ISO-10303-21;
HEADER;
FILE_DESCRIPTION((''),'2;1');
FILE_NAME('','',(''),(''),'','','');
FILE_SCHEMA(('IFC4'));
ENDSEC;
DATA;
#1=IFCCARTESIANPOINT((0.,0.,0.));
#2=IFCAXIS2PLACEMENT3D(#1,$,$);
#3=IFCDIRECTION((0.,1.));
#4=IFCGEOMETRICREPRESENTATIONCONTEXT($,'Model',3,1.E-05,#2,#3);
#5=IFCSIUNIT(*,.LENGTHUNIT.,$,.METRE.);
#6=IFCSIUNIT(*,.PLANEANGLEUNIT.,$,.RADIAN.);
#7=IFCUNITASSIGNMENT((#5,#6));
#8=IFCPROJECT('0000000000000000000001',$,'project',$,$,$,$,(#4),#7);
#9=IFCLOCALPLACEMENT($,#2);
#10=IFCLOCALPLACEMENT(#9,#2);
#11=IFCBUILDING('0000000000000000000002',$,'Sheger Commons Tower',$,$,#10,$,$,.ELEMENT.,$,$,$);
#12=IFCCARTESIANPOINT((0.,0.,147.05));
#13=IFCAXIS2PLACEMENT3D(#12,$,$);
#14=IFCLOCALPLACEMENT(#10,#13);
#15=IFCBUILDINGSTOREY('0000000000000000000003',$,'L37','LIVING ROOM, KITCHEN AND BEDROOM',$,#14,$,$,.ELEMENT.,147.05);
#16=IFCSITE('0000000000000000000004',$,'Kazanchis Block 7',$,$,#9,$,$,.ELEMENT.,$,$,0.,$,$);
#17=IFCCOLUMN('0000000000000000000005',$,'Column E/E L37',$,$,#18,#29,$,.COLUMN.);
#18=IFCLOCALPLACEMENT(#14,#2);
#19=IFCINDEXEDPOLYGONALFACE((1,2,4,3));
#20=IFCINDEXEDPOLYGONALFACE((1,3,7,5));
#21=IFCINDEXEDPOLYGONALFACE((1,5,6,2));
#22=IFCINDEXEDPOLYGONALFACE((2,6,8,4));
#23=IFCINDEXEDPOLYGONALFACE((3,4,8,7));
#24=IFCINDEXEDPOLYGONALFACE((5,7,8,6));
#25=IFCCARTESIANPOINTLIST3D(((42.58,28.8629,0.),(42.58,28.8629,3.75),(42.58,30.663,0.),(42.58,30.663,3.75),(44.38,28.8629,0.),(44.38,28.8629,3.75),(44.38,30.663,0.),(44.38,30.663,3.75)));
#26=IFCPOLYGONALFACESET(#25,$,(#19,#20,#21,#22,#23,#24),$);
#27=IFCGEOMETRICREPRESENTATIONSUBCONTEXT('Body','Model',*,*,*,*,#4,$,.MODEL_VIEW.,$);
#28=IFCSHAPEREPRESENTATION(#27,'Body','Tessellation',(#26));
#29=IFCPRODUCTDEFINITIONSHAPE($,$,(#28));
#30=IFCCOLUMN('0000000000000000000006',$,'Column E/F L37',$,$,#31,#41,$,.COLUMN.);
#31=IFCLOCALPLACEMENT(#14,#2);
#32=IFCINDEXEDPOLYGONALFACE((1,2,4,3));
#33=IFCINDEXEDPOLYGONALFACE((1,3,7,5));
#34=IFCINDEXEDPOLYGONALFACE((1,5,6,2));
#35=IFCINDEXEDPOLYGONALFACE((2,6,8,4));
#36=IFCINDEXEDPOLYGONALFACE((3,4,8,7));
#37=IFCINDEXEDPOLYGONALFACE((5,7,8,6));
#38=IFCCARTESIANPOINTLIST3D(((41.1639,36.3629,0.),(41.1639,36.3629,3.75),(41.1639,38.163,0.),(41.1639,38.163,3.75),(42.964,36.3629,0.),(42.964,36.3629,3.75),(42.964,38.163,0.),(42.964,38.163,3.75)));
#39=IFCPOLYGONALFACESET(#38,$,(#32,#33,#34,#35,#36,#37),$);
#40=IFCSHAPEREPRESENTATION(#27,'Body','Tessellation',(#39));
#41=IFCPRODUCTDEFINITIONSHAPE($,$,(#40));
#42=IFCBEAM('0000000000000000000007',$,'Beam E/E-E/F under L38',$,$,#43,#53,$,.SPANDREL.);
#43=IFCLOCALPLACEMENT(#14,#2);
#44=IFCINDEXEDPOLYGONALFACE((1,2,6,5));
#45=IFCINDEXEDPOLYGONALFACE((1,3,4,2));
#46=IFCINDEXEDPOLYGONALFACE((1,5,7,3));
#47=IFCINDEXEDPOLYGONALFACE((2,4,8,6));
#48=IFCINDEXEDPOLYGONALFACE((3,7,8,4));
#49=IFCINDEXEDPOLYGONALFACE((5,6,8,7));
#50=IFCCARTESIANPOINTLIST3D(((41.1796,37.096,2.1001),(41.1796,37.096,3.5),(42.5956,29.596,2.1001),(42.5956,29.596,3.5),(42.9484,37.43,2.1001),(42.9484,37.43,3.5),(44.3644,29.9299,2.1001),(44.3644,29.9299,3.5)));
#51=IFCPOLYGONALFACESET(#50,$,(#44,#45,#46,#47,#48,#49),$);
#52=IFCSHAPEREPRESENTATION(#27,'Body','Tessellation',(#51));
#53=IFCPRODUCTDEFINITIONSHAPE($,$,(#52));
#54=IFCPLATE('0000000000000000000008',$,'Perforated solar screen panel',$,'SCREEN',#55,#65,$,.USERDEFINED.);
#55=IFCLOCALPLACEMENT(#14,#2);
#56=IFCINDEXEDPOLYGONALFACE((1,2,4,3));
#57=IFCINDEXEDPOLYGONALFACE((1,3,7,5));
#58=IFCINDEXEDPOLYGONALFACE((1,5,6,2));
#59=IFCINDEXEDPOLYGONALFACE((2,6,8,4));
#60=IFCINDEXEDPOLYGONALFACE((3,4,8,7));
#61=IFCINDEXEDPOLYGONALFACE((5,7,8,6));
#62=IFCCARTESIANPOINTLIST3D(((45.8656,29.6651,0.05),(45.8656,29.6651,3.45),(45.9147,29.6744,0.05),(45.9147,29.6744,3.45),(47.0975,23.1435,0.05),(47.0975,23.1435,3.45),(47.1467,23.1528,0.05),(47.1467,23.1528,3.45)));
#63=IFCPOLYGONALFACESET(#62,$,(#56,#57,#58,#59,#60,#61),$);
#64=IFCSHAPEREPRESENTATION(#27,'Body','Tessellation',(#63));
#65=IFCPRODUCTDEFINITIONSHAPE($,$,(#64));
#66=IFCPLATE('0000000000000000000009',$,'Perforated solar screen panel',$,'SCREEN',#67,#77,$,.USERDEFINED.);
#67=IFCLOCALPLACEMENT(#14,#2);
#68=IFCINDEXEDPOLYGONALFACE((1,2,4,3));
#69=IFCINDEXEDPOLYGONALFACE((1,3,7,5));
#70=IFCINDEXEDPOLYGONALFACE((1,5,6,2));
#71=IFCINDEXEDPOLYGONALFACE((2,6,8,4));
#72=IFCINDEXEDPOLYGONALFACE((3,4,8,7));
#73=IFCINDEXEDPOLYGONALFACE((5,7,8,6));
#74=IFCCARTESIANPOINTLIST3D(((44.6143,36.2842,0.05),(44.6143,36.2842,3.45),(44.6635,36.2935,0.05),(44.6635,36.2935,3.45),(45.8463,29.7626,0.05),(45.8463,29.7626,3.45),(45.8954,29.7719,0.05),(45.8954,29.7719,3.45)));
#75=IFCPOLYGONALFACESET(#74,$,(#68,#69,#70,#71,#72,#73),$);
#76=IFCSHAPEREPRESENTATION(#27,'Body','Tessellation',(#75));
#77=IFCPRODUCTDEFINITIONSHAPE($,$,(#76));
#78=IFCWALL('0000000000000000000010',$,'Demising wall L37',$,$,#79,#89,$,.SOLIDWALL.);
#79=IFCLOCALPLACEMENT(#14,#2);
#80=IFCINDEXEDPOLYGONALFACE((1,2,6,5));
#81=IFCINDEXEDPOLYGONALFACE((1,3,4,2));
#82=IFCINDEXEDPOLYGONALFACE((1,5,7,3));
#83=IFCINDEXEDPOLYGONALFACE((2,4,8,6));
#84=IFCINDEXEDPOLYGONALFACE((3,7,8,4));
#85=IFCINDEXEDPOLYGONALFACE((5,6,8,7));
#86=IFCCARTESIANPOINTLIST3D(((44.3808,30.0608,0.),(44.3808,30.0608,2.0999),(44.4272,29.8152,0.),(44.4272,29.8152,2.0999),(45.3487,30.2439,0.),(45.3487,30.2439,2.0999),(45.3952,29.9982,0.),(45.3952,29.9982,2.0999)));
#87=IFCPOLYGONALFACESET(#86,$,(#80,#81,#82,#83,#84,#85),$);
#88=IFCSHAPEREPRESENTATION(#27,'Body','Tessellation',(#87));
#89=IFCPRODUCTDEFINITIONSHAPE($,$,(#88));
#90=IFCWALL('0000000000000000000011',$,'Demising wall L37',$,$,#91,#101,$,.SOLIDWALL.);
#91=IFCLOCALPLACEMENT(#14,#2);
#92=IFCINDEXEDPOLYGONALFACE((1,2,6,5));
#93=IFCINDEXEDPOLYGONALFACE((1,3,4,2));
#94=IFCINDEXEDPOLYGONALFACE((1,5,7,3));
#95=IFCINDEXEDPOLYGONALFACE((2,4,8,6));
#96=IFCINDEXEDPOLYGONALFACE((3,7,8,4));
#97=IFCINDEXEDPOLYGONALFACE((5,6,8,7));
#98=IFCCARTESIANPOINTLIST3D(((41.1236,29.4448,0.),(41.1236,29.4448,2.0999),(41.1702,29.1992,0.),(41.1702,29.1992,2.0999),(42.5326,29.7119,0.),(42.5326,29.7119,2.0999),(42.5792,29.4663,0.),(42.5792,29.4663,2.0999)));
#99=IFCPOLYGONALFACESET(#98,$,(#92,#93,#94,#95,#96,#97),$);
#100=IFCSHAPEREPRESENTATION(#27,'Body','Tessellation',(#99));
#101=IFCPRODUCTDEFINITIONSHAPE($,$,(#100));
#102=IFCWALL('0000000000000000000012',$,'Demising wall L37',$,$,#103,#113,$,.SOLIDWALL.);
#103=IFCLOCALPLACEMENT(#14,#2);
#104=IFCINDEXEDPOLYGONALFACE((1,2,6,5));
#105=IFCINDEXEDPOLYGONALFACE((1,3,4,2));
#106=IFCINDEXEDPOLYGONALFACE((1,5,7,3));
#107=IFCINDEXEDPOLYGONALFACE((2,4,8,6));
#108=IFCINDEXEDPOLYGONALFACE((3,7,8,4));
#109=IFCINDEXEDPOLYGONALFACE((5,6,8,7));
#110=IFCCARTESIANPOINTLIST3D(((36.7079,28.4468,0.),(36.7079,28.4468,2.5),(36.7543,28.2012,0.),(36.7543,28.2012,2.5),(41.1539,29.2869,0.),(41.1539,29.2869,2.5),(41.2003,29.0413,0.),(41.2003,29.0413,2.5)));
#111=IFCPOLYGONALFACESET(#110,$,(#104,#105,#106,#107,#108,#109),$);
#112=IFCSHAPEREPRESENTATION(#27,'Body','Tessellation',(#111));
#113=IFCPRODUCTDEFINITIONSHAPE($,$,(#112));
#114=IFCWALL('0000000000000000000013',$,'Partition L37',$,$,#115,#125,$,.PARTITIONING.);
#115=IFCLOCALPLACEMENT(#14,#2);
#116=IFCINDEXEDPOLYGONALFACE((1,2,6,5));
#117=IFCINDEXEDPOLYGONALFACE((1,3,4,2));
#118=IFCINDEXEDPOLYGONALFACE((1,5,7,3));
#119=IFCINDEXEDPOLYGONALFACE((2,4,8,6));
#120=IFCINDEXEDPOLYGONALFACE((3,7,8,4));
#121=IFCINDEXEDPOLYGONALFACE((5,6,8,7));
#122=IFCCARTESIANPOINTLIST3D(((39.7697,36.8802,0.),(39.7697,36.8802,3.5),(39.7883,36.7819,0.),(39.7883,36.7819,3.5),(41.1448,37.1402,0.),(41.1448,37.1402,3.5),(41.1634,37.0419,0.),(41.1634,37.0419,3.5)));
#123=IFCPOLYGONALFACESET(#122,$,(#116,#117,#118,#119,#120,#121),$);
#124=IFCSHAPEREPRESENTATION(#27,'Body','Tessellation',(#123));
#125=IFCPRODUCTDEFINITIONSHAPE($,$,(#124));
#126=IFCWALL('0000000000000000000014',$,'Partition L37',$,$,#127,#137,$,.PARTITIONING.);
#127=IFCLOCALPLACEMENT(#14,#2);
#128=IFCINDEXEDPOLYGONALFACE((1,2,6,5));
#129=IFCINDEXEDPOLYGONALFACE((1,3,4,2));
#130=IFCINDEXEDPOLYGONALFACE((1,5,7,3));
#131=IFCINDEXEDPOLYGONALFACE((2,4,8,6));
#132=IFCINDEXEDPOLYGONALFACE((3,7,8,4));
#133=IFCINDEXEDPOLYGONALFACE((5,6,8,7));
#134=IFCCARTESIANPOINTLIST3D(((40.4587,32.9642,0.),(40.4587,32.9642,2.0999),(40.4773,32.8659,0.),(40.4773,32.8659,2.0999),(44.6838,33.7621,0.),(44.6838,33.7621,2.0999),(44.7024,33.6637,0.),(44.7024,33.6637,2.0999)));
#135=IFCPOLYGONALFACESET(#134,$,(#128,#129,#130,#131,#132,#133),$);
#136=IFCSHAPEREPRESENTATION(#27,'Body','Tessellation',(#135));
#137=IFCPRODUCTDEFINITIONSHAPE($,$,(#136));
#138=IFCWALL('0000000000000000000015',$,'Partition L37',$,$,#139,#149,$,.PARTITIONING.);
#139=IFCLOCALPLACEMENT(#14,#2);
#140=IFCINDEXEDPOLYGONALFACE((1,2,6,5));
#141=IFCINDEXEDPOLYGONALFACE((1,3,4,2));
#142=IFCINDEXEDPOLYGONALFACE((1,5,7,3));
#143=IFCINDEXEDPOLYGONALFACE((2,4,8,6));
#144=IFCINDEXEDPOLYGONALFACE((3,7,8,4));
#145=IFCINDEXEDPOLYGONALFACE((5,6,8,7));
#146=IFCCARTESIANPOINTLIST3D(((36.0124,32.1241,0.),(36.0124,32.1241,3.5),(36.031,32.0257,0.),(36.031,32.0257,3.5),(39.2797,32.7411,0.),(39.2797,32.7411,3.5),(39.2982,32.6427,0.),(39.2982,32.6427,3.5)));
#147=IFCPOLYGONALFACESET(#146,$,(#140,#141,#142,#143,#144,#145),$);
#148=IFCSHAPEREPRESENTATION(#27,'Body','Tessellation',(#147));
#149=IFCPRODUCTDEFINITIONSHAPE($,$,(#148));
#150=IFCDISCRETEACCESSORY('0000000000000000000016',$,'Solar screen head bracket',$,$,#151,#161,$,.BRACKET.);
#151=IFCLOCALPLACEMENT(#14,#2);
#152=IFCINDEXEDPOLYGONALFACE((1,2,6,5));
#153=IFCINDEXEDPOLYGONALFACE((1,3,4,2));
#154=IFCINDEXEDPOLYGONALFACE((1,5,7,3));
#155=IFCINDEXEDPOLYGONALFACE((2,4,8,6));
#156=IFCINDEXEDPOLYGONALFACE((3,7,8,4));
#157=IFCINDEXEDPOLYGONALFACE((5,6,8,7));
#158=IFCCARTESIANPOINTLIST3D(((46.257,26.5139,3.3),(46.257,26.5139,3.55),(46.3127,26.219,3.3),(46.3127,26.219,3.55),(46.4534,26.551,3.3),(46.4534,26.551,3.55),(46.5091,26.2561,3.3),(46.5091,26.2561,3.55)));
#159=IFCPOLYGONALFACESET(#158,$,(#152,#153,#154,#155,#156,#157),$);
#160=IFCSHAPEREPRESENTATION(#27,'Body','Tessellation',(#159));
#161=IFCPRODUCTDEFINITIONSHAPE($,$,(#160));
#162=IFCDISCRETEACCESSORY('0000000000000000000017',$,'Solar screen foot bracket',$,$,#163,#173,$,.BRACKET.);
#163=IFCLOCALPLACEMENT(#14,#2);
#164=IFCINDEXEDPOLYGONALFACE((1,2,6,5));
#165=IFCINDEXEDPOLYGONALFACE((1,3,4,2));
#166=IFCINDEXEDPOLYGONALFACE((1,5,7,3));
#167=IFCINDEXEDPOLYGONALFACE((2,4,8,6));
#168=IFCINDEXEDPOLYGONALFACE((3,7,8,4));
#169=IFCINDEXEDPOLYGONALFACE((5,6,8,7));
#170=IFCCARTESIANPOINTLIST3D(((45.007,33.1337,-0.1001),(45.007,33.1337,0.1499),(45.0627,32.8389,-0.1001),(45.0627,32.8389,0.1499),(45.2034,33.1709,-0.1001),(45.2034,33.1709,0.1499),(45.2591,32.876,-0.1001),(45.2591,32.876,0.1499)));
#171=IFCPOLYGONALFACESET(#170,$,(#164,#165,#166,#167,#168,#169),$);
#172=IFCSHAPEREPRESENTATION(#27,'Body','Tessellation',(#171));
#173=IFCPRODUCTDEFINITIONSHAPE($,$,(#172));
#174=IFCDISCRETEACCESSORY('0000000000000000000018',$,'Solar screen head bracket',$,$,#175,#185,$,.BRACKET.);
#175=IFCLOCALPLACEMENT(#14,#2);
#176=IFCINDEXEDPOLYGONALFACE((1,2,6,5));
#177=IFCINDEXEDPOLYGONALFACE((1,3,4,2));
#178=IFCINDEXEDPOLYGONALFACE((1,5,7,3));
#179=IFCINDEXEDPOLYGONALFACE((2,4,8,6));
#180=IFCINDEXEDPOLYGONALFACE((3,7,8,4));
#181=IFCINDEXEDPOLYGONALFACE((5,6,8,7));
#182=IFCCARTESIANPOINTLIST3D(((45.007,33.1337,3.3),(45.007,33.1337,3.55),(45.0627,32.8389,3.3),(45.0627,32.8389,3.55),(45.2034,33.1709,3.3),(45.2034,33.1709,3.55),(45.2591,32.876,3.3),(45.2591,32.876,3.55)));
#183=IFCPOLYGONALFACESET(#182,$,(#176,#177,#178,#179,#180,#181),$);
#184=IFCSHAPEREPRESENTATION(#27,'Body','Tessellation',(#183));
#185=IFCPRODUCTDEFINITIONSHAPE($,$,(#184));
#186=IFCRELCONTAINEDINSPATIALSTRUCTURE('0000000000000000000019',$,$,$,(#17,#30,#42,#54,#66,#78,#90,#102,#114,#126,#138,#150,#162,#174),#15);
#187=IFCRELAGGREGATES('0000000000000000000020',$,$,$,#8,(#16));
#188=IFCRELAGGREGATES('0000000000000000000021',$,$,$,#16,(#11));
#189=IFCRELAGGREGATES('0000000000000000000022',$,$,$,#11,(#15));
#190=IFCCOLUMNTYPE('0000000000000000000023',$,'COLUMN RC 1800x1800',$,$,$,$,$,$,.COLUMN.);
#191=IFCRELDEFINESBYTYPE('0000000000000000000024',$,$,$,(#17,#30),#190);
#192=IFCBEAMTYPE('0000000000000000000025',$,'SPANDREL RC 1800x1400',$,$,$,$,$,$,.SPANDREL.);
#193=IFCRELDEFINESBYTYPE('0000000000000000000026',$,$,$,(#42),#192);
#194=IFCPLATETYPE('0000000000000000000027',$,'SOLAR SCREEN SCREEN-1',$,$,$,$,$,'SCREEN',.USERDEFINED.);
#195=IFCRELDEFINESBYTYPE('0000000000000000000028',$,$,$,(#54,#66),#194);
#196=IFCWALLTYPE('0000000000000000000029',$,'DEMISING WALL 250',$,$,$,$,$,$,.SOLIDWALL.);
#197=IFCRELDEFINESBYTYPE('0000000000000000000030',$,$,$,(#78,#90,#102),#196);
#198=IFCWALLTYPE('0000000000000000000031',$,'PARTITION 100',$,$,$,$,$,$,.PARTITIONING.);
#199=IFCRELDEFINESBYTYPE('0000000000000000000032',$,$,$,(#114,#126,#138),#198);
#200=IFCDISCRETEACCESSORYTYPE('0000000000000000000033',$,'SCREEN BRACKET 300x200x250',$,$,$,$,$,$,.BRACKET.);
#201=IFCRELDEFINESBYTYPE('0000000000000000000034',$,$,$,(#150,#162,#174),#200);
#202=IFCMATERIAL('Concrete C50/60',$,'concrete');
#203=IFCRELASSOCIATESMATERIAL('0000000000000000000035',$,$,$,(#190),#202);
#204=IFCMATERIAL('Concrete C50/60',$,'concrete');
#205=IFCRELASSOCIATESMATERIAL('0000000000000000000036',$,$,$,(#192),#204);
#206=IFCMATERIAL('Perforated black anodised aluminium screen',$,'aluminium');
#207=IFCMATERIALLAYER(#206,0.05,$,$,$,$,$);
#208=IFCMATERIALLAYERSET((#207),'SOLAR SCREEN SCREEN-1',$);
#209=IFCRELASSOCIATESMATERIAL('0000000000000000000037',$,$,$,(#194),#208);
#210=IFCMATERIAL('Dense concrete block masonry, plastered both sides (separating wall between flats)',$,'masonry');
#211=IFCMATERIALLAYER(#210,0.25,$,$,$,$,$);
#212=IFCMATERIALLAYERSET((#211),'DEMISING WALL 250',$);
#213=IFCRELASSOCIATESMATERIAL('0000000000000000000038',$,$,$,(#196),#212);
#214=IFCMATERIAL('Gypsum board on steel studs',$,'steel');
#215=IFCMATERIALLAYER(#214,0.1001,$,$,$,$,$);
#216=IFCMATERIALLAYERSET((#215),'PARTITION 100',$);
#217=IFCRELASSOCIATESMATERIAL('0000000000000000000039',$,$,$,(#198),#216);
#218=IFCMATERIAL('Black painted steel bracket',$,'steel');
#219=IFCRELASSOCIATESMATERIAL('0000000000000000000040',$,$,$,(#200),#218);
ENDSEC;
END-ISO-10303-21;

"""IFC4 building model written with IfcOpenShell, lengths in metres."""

from ifc_helpers import new_model, si_unit, direction, frame, frame_2d, origin, origin_2d, place, context, subcontext, project, spatial, rectangle, extrude, material, layer, layer_set, material_profile, profile_set, type_object, element, save


model = new_model("IFC4")

# Units and contexts
model_context = context("Model", 3, precision=1e-05, world=origin(), true_north=direction((0.0, 1.0)))
body_context = subcontext(model_context, "Body", "Model", "MODEL_VIEW")
ifc_project = project(units=[si_unit("LENGTHUNIT", "METRE"), si_unit("PLANEANGLEUNIT", "RADIAN")], contexts=[model_context])

# Site, building, storey
site_placement = place(None, origin())
site = spatial("IfcSite", under=ifc_project, at=site_placement, Name="Kazanchis Block 7", CompositionType="ELEMENT", RefElevation=0.0)
building_placement = place(site_placement, origin())
building = spatial("IfcBuilding", under=site, at=building_placement, Name="Sheger Commons Tower", CompositionType="ELEMENT")
storey_placement = place(building_placement, frame((0.0, 0.0, 147.05)))
storey = spatial("IfcBuildingStorey", under=building, at=storey_placement, Name="L37", Description="LIVING ROOM, KITCHEN AND BEDROOM", CompositionType="ELEMENT", Elevation=147.05)

# Columns
ifc_material_1 = material(Name="Concrete C50/60", Category="concrete")
ifc_material_profile_1 = material_profile(ifc_material_1, rectangle(XDim=1.8, YDim=1.8, at=origin_2d()), Name="RC 1800x1800")
ifc_profile_set_1 = profile_set([ifc_material_profile_1], Name="Concrete C50/60")
column_type = type_object("IfcColumnType", Name="COLUMN RC 1800x1800", PredefinedType="COLUMN", material=ifc_profile_set_1)
for number, where, z_axis, x_axis, name in (
    (1, (43.48, 29.7629, 0.0), (0.0, 0.0, 1.0), (1.0, 0.0, 0.0), "Column E/E L37"),
    (2, (42.064, 37.2629, 0.0), (0.0, 0.0, 1.0), (1.0, 0.0, 0.0), "Column E/F L37"),
):
    element("IfcColumn", number, at=place(storey_placement, frame(where, z_axis=z_axis, x_axis=x_axis)), inside=storey, type_object=column_type, Name=name, PredefinedType="COLUMN", context=body_context, shape_type="SweptSolid", body=[
        extrude(rectangle(XDim=1.8, YDim=1.8, at=origin_2d()), origin(), (0.0, 0.0, 1.0), 3.75),
    ])

# Beam
ifc_material_2 = material(Name="Concrete C50/60", Category="concrete")
ifc_material_profile_2 = material_profile(ifc_material_2, rectangle(XDim=1.8, YDim=1.3999, at=origin_2d()), Name="RC 1800x1400")
ifc_profile_set_2 = profile_set([ifc_material_profile_2], Name="Concrete C50/60")
beam_type = type_object("IfcBeamType", Name="SPANDREL RC 1800x1400", PredefinedType="SPANDREL", material=ifc_profile_set_2)
beam_placement = place(storey_placement, frame((43.48, 29.7629, 2.8), z_axis=(-0.185524, 0.98264, 0.0), x_axis=(-0.98264, -0.185524, 0.0)))
element("IfcBeam", 3, at=beam_placement, inside=storey, type_object=beam_type, Name="Beam E/E-E/F under L38", PredefinedType="SPANDREL", context=body_context, shape_type="SweptSolid", body=[
    extrude(rectangle(XDim=1.8, YDim=1.3999, at=origin_2d()), origin(), (0.0, 0.0, 1.0), 7.6326),
])

# Plates
ifc_material_3 = material(Name="Perforated black anodised aluminium screen", Category="aluminium")
ifc_layer_1 = layer(ifc_material_3, 0.05)
ifc_layer_set_1 = layer_set([ifc_layer_1], Name="SOLAR SCREEN SCREEN-1")
plate_type = type_object("IfcPlateType", Name="SOLAR SCREEN SCREEN-1", ElementType="SCREEN", PredefinedType="USERDEFINED", material=ifc_layer_set_1)
for number, where, z_axis, x_axis, name in (
    (4, (46.5061, 26.4089, 0.05), (0.0, 0.0, 1.0), (-0.185615, 0.982623, 0.0), "Perforated solar screen panel"),
    (5, (45.2549, 33.0281, 0.05), (0.0, 0.0, 1.0), (-0.185615, 0.982623, 0.0), "Perforated solar screen panel"),
):
    element("IfcPlate", number, at=place(storey_placement, frame(where, z_axis=z_axis, x_axis=x_axis)), inside=storey, type_object=plate_type, Name=name, ObjectType="SCREEN", PredefinedType="USERDEFINED", context=body_context, shape_type="SweptSolid", body=[
        extrude(rectangle(XDim=6.637, YDim=0.05, at=origin_2d()), origin(), (0.0, 0.0, 1.0), 3.3999),
    ])

# Walls
ifc_material_4 = material(Name="Dense concrete block masonry, plastered both sides (separating wall between flats)", Category="masonry")
ifc_layer_2 = layer(ifc_material_4, 0.25)
ifc_layer_set_2 = layer_set([ifc_layer_2], Name="DEMISING WALL 250")
wall_type_1 = type_object("IfcWallType", Name="DEMISING WALL 250", PredefinedType="SOLIDWALL", material=ifc_layer_set_2)
wall_1_placement = place(storey_placement, frame((45.3721, 30.1211, 0.0), z_axis=(0.0, 0.0, 1.0), x_axis=(-0.982576, -0.185859, 0.0)))
element("IfcWall", 6, at=wall_1_placement, inside=storey, type_object=wall_type_1, Name="Demising wall L37", PredefinedType="SOLIDWALL", context=body_context, shape_type="SweptSolid", body=[
    extrude(rectangle(XDim=0.9851, YDim=0.25, at=frame_2d((0.4927, 0.0))), origin(), (0.0, 0.0, 1.0), 2.0999),
])
wall_2_placement = place(storey_placement, frame((42.5559, 29.5891, 0.0), z_axis=(0.0, 0.0, 1.0), x_axis=(-0.982502, -0.186251, 0.0)))
element("IfcWall", 7, at=wall_2_placement, inside=storey, type_object=wall_type_1, Name="Demising wall L37", PredefinedType="SOLIDWALL", context=body_context, shape_type="SweptSolid", body=[
    extrude(rectangle(XDim=1.4341, YDim=0.25, at=frame_2d((0.717, 0.0))), origin(), (0.0, 0.0, 1.0), 2.0999),
])
wall_3_placement = place(storey_placement, frame((41.177, 29.1641, 0.0), z_axis=(0.0, 0.0, 1.0), x_axis=(-0.982613, -0.185666, 0.0)))
element("IfcWall", 8, at=wall_3_placement, inside=storey, type_object=wall_type_1, Name="Demising wall L37", PredefinedType="SOLIDWALL", context=body_context, shape_type="SweptSolid", body=[
    extrude(rectangle(XDim=4.5247, YDim=0.25, at=frame_2d((2.2622, 0.0))), origin(), (0.0, 0.0, 1.0), 2.5),
])
ifc_material_5 = material(Name="Gypsum board on steel studs", Category="steel")
ifc_layer_3 = layer(ifc_material_5, 0.1001)
ifc_layer_set_3 = layer_set([ifc_layer_3], Name="PARTITION 100")
wall_type_2 = type_object("IfcWallType", Name="PARTITION 100", PredefinedType="PARTITIONING", material=ifc_layer_set_3)
wall_4_placement = place(storey_placement, frame((41.1541, 37.0911, 0.0), z_axis=(0.0, 0.0, 1.0), x_axis=(-0.982587, -0.185805, 0.0)))
element("IfcWall", 9, at=wall_4_placement, inside=storey, type_object=wall_type_2, Name="Partition L37", PredefinedType="PARTITIONING", context=body_context, shape_type="SweptSolid", body=[
    extrude(rectangle(XDim=1.3994, YDim=0.1001, at=frame_2d((0.6997, 0.0))), origin(), (0.0, 0.0, 1.0), 3.5),
])
wall_5_placement = place(storey_placement, frame((44.6931, 33.7129, 0.0), z_axis=(0.0, 0.0, 1.0), x_axis=(-0.982634, -0.185557, 0.0)))
element("IfcWall", 10, at=wall_5_placement, inside=storey, type_object=wall_type_2, Name="Partition L37", PredefinedType="PARTITIONING", context=body_context, shape_type="SweptSolid", body=[
    extrude(rectangle(XDim=4.2998, YDim=0.1001, at=frame_2d((2.1499, 0.0))), origin(), (0.0, 0.0, 1.0), 2.0999),
])
wall_6_placement = place(storey_placement, frame((39.2891, 32.6919, 0.0), z_axis=(0.0, 0.0, 1.0), x_axis=(-0.982634, -0.185556, 0.0)))
element("IfcWall", 11, at=wall_6_placement, inside=storey, type_object=wall_type_2, Name="Partition L37", PredefinedType="PARTITIONING", context=body_context, shape_type="SweptSolid", body=[
    extrude(rectangle(XDim=3.325, YDim=0.1001, at=frame_2d((1.6626, 0.0))), origin(), (0.0, 0.0, 1.0), 3.5),
])

# Discrete accessories
ifc_material_6 = material(Name="Black painted steel bracket", Category="steel")
discrete_accessory_type = type_object("IfcDiscreteAccessoryType", Name="SCREEN BRACKET 300x200x250", PredefinedType="BRACKET", material=ifc_material_6)
for number, where, z_axis, x_axis, name in (
    (12, (46.3831, 26.385, 3.3), (0.0, 0.0, 1.0), (-0.185615, 0.982623, 0.0), "Solar screen head bracket"),
    (13, (45.1331, 33.0049, -0.1001), (0.0, 0.0, 1.0), (-0.185615, 0.982623, 0.0), "Solar screen foot bracket"),
    (14, (45.1331, 33.0049, 3.3), (0.0, 0.0, 1.0), (-0.185615, 0.982623, 0.0), "Solar screen head bracket"),
):
    element("IfcDiscreteAccessory", number, at=place(storey_placement, frame(where, z_axis=z_axis, x_axis=x_axis)), inside=storey, type_object=discrete_accessory_type, Name=name, PredefinedType="BRACKET", context=body_context, shape_type="SweptSolid", body=[
        extrude(rectangle(XDim=0.3, YDim=0.2, at=origin_2d()), origin(), (0.0, 0.0, 1.0), 0.25),
    ])

save(model, "model.ifc")
